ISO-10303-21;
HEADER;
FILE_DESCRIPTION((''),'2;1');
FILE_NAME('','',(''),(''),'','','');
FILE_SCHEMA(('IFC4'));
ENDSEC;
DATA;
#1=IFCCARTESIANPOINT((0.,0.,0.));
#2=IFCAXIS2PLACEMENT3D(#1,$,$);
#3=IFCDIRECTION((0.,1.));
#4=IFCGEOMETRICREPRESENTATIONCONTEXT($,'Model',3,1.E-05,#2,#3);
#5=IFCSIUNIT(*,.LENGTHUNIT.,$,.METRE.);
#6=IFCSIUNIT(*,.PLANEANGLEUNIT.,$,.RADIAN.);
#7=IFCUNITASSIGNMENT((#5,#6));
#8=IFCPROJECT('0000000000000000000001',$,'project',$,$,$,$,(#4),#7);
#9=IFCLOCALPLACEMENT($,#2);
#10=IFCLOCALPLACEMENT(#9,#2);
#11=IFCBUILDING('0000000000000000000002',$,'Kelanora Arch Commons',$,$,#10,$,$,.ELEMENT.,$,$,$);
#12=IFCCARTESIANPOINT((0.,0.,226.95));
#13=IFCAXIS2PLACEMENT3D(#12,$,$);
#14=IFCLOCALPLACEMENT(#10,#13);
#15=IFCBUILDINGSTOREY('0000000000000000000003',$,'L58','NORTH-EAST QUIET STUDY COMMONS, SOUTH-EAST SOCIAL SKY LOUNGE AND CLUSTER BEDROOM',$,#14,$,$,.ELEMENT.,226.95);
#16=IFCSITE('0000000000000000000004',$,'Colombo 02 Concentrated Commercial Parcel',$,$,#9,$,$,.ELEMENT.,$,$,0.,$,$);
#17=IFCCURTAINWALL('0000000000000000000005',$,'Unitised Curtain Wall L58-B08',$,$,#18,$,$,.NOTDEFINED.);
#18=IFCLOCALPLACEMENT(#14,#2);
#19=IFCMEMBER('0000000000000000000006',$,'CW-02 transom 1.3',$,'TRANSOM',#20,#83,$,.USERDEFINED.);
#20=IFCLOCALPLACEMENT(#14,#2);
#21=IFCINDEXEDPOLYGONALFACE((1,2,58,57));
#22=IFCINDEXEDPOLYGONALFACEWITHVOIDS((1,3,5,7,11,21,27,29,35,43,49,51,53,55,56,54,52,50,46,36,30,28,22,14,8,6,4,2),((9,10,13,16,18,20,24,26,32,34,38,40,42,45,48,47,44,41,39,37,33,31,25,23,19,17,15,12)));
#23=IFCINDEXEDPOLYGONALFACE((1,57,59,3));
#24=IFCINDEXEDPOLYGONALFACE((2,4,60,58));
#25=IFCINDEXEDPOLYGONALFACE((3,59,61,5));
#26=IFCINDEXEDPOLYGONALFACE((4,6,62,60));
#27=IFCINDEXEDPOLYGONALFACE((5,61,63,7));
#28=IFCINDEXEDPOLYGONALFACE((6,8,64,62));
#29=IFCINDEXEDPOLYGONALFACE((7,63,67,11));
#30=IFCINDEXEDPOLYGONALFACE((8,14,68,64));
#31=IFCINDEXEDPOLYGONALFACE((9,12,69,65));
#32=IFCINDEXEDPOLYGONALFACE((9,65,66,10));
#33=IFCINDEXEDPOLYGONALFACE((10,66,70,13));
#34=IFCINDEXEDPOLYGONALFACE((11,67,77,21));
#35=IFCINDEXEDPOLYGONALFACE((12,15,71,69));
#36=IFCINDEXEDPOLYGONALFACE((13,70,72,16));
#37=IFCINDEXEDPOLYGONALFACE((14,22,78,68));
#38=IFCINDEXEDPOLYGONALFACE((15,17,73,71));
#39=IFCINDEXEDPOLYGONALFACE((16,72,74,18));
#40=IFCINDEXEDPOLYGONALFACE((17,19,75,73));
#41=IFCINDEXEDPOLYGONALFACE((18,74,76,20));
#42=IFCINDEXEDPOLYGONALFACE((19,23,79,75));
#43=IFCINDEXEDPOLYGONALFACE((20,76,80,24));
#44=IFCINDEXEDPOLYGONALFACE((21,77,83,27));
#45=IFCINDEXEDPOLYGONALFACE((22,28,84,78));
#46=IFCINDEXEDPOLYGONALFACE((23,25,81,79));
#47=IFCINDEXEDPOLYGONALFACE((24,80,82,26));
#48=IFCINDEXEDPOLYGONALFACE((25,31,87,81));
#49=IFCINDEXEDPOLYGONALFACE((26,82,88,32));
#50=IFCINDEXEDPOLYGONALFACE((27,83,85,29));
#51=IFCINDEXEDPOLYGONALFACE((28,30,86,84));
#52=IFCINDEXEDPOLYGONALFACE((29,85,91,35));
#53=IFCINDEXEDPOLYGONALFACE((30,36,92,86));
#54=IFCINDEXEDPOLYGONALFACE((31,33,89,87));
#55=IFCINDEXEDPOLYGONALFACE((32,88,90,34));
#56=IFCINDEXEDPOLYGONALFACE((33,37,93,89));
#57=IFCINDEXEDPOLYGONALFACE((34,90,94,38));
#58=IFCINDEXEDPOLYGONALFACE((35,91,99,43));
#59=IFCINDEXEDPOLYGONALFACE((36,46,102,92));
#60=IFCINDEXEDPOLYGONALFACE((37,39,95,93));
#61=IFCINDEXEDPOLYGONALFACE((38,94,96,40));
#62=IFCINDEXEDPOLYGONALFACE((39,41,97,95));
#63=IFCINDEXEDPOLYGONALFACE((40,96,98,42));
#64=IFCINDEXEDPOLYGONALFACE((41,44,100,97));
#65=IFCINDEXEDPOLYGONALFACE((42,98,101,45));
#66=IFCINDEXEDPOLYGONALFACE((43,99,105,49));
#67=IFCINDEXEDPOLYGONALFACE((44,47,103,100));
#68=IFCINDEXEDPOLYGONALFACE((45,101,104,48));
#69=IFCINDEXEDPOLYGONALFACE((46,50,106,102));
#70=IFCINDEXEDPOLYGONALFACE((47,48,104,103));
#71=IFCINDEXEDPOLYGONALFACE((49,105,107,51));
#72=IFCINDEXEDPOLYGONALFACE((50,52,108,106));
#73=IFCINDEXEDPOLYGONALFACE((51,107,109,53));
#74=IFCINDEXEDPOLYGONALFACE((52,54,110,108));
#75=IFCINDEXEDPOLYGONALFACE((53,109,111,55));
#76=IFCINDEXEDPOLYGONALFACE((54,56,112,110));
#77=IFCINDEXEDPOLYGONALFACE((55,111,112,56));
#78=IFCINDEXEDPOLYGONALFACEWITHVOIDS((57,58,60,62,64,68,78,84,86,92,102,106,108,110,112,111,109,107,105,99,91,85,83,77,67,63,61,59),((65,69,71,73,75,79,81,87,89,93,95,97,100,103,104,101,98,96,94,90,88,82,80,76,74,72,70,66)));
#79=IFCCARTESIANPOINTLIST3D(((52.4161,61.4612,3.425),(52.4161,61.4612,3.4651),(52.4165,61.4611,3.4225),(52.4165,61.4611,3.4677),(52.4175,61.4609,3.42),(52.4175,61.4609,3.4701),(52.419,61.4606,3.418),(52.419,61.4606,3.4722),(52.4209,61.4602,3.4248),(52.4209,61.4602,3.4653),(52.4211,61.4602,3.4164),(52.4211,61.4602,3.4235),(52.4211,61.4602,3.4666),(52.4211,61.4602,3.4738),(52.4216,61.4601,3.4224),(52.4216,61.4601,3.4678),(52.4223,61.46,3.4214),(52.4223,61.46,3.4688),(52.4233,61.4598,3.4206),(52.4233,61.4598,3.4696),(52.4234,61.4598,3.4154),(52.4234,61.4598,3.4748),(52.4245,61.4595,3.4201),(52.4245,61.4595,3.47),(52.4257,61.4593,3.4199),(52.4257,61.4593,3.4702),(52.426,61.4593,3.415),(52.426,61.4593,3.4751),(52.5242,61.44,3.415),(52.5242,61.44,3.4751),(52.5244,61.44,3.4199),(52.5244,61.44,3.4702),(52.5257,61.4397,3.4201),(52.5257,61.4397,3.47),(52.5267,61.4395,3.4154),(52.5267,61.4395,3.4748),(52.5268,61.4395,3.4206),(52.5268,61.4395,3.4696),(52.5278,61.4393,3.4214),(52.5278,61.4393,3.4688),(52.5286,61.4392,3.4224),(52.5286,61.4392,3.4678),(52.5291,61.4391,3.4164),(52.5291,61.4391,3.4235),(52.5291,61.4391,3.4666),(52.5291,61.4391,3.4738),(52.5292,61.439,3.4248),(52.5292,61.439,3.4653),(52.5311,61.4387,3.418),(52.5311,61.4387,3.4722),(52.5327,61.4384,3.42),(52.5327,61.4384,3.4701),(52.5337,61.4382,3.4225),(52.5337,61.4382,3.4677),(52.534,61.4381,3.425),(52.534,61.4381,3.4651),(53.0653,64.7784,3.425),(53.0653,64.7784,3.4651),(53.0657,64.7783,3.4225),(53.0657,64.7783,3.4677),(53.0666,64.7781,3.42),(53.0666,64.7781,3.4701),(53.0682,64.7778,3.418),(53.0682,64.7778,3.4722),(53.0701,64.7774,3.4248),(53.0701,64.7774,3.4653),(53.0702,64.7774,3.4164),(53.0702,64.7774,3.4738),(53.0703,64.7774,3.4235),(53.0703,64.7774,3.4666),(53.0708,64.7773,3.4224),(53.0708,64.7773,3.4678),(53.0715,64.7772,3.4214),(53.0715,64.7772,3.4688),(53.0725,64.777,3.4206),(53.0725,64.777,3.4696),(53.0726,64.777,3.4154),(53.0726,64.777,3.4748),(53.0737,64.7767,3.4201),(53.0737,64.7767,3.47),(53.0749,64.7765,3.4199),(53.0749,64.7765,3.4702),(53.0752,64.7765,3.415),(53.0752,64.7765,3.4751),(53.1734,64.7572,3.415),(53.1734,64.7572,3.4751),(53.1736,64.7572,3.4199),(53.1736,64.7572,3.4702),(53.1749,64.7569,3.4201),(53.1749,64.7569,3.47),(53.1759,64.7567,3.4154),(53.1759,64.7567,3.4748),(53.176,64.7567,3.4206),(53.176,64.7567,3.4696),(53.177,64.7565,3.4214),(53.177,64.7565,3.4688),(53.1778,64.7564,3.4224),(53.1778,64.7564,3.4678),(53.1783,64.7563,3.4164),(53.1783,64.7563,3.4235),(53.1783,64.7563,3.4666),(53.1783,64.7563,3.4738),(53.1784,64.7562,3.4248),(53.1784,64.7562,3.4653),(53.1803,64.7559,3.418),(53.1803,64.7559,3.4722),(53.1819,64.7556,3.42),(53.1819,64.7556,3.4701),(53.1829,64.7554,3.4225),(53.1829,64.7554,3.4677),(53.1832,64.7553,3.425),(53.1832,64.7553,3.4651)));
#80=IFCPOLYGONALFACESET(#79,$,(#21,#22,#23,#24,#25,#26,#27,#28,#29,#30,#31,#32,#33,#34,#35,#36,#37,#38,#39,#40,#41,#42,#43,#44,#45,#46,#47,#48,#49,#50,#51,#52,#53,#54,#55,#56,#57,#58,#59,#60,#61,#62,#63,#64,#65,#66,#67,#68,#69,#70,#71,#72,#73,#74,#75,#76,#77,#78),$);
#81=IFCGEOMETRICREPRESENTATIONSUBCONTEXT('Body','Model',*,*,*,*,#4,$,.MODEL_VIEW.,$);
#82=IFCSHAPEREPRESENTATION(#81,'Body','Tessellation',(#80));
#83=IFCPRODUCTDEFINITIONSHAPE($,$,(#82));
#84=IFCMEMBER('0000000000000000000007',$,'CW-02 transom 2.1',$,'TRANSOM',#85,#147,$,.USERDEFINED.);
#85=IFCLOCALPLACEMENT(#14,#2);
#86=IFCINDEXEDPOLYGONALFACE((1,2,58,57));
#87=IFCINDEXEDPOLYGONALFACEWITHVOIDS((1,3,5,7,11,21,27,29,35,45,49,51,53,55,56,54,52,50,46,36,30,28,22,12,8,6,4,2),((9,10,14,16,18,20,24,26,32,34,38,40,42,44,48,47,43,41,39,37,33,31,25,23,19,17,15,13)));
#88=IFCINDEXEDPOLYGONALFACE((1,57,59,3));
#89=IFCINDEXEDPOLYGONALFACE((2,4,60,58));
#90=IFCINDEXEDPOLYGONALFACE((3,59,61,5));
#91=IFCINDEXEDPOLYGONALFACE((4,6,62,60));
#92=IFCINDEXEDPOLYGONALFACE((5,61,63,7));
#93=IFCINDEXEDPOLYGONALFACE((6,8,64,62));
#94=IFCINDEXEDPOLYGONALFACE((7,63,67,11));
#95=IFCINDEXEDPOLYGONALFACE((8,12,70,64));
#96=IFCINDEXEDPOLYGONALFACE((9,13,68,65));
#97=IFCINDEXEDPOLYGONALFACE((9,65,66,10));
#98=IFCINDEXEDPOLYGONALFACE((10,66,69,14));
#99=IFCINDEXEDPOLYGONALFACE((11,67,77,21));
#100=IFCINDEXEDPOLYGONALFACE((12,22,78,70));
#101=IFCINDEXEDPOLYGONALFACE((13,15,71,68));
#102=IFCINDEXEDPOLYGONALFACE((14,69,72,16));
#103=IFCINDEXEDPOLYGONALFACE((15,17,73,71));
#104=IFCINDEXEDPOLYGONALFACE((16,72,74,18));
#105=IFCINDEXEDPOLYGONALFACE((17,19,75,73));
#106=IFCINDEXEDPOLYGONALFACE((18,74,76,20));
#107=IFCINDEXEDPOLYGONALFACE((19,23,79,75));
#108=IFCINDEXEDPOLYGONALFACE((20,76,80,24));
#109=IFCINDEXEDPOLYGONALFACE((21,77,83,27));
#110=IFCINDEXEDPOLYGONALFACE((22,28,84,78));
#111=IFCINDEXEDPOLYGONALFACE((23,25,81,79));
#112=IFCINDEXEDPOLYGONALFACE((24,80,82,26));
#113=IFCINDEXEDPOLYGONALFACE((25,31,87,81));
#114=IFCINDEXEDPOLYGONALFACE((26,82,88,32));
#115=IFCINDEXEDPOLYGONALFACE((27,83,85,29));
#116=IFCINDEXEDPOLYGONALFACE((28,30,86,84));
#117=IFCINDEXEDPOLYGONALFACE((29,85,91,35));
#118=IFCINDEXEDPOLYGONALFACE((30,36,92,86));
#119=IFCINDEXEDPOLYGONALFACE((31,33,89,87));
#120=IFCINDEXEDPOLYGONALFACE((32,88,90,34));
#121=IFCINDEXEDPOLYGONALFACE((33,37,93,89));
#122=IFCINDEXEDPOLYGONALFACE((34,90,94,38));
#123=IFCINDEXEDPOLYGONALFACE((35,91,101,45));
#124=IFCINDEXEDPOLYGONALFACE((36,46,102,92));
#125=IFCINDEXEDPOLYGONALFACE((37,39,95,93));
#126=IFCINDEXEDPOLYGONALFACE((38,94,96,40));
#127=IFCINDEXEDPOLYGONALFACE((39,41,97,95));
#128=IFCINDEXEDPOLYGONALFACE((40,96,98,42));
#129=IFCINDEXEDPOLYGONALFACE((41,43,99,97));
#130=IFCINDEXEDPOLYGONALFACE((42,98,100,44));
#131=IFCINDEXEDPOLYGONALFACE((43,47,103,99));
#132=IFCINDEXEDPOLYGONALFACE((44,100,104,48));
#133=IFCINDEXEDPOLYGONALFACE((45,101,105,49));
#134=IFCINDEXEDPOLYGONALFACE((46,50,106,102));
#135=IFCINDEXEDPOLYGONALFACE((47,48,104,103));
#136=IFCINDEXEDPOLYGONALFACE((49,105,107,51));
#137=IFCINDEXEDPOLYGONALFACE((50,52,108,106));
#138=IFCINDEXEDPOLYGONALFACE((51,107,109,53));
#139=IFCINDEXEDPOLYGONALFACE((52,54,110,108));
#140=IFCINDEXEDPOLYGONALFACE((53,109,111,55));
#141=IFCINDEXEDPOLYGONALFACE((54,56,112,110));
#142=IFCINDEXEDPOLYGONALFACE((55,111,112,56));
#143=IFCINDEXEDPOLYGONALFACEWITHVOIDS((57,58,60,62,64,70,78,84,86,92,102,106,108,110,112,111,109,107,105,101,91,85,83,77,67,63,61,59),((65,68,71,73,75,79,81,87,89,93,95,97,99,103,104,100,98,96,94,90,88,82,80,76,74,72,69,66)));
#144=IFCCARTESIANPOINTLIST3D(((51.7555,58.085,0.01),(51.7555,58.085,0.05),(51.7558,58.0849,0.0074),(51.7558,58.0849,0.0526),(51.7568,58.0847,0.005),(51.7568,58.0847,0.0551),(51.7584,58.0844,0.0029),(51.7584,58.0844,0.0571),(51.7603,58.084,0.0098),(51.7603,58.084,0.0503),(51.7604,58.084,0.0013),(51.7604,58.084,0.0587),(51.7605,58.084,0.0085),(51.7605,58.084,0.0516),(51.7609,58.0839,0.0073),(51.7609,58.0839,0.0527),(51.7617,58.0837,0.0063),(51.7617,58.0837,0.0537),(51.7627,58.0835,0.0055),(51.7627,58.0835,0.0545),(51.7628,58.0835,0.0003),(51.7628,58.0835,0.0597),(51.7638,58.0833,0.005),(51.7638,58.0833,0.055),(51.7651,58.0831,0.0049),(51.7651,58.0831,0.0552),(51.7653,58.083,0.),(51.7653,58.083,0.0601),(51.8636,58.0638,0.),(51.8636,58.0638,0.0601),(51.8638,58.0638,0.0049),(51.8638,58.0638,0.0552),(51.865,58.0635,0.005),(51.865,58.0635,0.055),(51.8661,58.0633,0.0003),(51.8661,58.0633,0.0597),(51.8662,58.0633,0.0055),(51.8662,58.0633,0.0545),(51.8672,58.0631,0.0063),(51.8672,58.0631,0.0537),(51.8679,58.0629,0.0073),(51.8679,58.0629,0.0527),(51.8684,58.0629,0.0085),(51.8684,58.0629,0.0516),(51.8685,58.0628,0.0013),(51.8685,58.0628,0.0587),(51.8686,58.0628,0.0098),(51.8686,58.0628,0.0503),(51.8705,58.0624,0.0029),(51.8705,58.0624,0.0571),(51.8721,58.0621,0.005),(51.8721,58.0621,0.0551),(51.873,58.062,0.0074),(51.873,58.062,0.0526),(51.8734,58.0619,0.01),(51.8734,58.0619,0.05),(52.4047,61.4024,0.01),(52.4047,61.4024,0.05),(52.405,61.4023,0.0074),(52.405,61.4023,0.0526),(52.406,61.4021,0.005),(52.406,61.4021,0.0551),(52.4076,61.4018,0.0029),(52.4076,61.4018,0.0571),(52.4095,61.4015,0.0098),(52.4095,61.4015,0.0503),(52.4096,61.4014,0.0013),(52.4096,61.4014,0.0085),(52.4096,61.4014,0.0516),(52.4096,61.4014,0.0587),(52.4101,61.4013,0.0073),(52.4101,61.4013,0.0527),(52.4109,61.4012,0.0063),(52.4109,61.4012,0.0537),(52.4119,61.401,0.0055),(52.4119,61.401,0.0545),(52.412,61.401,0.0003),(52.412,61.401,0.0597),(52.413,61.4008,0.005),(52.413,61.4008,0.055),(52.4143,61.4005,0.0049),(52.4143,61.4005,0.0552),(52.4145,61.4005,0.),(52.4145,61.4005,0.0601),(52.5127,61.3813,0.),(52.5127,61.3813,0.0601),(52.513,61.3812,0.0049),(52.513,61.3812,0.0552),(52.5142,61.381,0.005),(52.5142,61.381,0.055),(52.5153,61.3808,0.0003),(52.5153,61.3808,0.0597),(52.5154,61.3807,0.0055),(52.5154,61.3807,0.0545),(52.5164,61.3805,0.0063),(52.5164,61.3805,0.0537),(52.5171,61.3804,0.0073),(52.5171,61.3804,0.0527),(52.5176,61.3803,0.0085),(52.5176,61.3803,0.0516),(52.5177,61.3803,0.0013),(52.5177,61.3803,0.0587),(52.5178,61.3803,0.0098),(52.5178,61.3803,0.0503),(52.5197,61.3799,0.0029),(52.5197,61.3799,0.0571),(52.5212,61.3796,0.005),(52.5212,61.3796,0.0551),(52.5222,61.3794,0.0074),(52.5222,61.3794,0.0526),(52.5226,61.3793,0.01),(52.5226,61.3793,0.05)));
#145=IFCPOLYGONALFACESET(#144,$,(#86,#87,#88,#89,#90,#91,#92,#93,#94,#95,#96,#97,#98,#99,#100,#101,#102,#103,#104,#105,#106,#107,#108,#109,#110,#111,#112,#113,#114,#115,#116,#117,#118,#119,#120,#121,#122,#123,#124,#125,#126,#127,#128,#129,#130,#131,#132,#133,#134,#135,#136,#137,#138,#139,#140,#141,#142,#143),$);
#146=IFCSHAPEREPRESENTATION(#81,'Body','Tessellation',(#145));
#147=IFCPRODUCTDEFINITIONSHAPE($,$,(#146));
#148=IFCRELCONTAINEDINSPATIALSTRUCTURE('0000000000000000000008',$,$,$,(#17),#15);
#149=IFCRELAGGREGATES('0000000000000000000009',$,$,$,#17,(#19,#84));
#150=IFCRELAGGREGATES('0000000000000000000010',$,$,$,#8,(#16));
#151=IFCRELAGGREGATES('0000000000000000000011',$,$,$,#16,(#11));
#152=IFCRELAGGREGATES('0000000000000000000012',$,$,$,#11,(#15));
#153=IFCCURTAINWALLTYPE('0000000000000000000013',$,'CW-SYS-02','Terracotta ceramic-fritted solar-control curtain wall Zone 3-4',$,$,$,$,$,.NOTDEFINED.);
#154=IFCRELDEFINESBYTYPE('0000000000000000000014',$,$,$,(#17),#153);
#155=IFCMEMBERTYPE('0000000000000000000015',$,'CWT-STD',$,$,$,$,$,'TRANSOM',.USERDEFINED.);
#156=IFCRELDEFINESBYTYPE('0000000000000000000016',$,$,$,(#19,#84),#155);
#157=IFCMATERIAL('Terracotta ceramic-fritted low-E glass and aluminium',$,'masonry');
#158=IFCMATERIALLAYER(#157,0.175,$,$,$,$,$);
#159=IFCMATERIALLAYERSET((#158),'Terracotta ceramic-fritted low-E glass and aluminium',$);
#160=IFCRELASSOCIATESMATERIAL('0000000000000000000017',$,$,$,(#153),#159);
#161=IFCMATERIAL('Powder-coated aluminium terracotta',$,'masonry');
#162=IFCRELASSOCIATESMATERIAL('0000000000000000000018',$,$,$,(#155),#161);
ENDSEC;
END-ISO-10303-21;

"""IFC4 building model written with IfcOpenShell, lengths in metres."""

from ifc_helpers import new_model, si_unit, direction, frame, origin, origin_2d, place, context, subcontext, project, spatial, hollow_rectangle, extrude, material, layer, layer_set, material_profile, profile_set, type_object, element, aggregate, save


model = new_model("IFC4")

# Units and contexts
model_context = context("Model", 3, precision=1e-05, world=origin(), true_north=direction((0.0, 1.0)))
body_context = subcontext(model_context, "Body", "Model", "MODEL_VIEW")
ifc_project = project(units=[si_unit("LENGTHUNIT", "METRE"), si_unit("PLANEANGLEUNIT", "RADIAN")], contexts=[model_context])

# Site, building, storey
site_placement = place(None, origin())
site = spatial("IfcSite", under=ifc_project, at=site_placement, Name="Colombo 02 Concentrated Commercial Parcel", CompositionType="ELEMENT", RefElevation=0.0)
building_placement = place(site_placement, origin())
building = spatial("IfcBuilding", under=site, at=building_placement, Name="Kelanora Arch Commons", CompositionType="ELEMENT")
storey_placement = place(building_placement, frame((0.0, 0.0, 226.95)))
storey = spatial("IfcBuildingStorey", under=building, at=storey_placement, Name="L58", Description="NORTH-EAST QUIET STUDY COMMONS, SOUTH-EAST SOCIAL SKY LOUNGE AND CLUSTER BEDROOM", CompositionType="ELEMENT", Elevation=226.95)

# Curtain wall, members
ifc_material_1 = material(Name="Terracotta ceramic-fritted low-E glass and aluminium", Category="masonry")
ifc_layer_1 = layer(ifc_material_1, 0.175)
ifc_layer_set_1 = layer_set([ifc_layer_1], Name="Terracotta ceramic-fritted low-E glass and aluminium")
curtain_wall_type = type_object("IfcCurtainWallType", Name="CW-SYS-02", Description="Terracotta ceramic-fritted solar-control curtain wall Zone 3-4", PredefinedType="NOTDEFINED", material=ifc_layer_set_1)
curtain_wall_placement = place(storey_placement, origin())
curtain_wall = element("IfcCurtainWall", 1, at=curtain_wall_placement, inside=storey, type_object=curtain_wall_type, Name="Unitised Curtain Wall L58-B08", PredefinedType="NOTDEFINED")
ifc_material_2 = material(Name="Powder-coated aluminium terracotta", Category="masonry")
ifc_material_profile_1 = material_profile(ifc_material_2, hollow_rectangle(XDim=0.1201, YDim=0.0601, WallThickness=0.0049, InnerFilletRadius=0.0049, OuterFilletRadius=0.01, at=origin_2d()), Name="CWT120x60")
ifc_profile_set_1 = profile_set([ifc_material_profile_1], Name="Powder-coated aluminium terracotta")
member_type_1 = type_object("IfcMemberType", Name="CWT-STD", ElementType="TRANSOM", PredefinedType="USERDEFINED", material=ifc_profile_set_1)
member_1_placement = place(storey_placement, frame((53.1243, 64.7668, 3.4451), z_axis=(-0.192058, -0.981383, 0.0), x_axis=(0.981383, -0.192058, 0.0)))
member_1 = element("IfcMember", 2, at=member_1_placement, type_object=member_type_1, Name="CW-02 transom 1.3", ObjectType="TRANSOM", PredefinedType="USERDEFINED", context=body_context, shape_type="SweptSolid", body=[
    extrude(hollow_rectangle(XDim=0.1201, YDim=0.0601, WallThickness=0.0049, InnerFilletRadius=0.0049, OuterFilletRadius=0.01, at=origin_2d()), origin(), (0.0, 0.0, 1.0), 3.3801),
])
member_2_placement = place(storey_placement, frame((52.4636, 61.3909, 0.03), z_axis=(-0.192045, -0.981386, 0.0), x_axis=(0.981386, -0.192045, 0.0)))
member_2 = element("IfcMember", 3, at=member_2_placement, type_object=member_type_1, Name="CW-02 transom 2.1", ObjectType="TRANSOM", PredefinedType="USERDEFINED", context=body_context, shape_type="SweptSolid", body=[
    extrude(hollow_rectangle(XDim=0.1201, YDim=0.0601, WallThickness=0.0049, InnerFilletRadius=0.0049, OuterFilletRadius=0.01, at=origin_2d()), origin(), (0.0, 0.0, 1.0), 3.3804),
])
aggregate(curtain_wall, [member_1, member_2])

save(model, "model.ifc")
